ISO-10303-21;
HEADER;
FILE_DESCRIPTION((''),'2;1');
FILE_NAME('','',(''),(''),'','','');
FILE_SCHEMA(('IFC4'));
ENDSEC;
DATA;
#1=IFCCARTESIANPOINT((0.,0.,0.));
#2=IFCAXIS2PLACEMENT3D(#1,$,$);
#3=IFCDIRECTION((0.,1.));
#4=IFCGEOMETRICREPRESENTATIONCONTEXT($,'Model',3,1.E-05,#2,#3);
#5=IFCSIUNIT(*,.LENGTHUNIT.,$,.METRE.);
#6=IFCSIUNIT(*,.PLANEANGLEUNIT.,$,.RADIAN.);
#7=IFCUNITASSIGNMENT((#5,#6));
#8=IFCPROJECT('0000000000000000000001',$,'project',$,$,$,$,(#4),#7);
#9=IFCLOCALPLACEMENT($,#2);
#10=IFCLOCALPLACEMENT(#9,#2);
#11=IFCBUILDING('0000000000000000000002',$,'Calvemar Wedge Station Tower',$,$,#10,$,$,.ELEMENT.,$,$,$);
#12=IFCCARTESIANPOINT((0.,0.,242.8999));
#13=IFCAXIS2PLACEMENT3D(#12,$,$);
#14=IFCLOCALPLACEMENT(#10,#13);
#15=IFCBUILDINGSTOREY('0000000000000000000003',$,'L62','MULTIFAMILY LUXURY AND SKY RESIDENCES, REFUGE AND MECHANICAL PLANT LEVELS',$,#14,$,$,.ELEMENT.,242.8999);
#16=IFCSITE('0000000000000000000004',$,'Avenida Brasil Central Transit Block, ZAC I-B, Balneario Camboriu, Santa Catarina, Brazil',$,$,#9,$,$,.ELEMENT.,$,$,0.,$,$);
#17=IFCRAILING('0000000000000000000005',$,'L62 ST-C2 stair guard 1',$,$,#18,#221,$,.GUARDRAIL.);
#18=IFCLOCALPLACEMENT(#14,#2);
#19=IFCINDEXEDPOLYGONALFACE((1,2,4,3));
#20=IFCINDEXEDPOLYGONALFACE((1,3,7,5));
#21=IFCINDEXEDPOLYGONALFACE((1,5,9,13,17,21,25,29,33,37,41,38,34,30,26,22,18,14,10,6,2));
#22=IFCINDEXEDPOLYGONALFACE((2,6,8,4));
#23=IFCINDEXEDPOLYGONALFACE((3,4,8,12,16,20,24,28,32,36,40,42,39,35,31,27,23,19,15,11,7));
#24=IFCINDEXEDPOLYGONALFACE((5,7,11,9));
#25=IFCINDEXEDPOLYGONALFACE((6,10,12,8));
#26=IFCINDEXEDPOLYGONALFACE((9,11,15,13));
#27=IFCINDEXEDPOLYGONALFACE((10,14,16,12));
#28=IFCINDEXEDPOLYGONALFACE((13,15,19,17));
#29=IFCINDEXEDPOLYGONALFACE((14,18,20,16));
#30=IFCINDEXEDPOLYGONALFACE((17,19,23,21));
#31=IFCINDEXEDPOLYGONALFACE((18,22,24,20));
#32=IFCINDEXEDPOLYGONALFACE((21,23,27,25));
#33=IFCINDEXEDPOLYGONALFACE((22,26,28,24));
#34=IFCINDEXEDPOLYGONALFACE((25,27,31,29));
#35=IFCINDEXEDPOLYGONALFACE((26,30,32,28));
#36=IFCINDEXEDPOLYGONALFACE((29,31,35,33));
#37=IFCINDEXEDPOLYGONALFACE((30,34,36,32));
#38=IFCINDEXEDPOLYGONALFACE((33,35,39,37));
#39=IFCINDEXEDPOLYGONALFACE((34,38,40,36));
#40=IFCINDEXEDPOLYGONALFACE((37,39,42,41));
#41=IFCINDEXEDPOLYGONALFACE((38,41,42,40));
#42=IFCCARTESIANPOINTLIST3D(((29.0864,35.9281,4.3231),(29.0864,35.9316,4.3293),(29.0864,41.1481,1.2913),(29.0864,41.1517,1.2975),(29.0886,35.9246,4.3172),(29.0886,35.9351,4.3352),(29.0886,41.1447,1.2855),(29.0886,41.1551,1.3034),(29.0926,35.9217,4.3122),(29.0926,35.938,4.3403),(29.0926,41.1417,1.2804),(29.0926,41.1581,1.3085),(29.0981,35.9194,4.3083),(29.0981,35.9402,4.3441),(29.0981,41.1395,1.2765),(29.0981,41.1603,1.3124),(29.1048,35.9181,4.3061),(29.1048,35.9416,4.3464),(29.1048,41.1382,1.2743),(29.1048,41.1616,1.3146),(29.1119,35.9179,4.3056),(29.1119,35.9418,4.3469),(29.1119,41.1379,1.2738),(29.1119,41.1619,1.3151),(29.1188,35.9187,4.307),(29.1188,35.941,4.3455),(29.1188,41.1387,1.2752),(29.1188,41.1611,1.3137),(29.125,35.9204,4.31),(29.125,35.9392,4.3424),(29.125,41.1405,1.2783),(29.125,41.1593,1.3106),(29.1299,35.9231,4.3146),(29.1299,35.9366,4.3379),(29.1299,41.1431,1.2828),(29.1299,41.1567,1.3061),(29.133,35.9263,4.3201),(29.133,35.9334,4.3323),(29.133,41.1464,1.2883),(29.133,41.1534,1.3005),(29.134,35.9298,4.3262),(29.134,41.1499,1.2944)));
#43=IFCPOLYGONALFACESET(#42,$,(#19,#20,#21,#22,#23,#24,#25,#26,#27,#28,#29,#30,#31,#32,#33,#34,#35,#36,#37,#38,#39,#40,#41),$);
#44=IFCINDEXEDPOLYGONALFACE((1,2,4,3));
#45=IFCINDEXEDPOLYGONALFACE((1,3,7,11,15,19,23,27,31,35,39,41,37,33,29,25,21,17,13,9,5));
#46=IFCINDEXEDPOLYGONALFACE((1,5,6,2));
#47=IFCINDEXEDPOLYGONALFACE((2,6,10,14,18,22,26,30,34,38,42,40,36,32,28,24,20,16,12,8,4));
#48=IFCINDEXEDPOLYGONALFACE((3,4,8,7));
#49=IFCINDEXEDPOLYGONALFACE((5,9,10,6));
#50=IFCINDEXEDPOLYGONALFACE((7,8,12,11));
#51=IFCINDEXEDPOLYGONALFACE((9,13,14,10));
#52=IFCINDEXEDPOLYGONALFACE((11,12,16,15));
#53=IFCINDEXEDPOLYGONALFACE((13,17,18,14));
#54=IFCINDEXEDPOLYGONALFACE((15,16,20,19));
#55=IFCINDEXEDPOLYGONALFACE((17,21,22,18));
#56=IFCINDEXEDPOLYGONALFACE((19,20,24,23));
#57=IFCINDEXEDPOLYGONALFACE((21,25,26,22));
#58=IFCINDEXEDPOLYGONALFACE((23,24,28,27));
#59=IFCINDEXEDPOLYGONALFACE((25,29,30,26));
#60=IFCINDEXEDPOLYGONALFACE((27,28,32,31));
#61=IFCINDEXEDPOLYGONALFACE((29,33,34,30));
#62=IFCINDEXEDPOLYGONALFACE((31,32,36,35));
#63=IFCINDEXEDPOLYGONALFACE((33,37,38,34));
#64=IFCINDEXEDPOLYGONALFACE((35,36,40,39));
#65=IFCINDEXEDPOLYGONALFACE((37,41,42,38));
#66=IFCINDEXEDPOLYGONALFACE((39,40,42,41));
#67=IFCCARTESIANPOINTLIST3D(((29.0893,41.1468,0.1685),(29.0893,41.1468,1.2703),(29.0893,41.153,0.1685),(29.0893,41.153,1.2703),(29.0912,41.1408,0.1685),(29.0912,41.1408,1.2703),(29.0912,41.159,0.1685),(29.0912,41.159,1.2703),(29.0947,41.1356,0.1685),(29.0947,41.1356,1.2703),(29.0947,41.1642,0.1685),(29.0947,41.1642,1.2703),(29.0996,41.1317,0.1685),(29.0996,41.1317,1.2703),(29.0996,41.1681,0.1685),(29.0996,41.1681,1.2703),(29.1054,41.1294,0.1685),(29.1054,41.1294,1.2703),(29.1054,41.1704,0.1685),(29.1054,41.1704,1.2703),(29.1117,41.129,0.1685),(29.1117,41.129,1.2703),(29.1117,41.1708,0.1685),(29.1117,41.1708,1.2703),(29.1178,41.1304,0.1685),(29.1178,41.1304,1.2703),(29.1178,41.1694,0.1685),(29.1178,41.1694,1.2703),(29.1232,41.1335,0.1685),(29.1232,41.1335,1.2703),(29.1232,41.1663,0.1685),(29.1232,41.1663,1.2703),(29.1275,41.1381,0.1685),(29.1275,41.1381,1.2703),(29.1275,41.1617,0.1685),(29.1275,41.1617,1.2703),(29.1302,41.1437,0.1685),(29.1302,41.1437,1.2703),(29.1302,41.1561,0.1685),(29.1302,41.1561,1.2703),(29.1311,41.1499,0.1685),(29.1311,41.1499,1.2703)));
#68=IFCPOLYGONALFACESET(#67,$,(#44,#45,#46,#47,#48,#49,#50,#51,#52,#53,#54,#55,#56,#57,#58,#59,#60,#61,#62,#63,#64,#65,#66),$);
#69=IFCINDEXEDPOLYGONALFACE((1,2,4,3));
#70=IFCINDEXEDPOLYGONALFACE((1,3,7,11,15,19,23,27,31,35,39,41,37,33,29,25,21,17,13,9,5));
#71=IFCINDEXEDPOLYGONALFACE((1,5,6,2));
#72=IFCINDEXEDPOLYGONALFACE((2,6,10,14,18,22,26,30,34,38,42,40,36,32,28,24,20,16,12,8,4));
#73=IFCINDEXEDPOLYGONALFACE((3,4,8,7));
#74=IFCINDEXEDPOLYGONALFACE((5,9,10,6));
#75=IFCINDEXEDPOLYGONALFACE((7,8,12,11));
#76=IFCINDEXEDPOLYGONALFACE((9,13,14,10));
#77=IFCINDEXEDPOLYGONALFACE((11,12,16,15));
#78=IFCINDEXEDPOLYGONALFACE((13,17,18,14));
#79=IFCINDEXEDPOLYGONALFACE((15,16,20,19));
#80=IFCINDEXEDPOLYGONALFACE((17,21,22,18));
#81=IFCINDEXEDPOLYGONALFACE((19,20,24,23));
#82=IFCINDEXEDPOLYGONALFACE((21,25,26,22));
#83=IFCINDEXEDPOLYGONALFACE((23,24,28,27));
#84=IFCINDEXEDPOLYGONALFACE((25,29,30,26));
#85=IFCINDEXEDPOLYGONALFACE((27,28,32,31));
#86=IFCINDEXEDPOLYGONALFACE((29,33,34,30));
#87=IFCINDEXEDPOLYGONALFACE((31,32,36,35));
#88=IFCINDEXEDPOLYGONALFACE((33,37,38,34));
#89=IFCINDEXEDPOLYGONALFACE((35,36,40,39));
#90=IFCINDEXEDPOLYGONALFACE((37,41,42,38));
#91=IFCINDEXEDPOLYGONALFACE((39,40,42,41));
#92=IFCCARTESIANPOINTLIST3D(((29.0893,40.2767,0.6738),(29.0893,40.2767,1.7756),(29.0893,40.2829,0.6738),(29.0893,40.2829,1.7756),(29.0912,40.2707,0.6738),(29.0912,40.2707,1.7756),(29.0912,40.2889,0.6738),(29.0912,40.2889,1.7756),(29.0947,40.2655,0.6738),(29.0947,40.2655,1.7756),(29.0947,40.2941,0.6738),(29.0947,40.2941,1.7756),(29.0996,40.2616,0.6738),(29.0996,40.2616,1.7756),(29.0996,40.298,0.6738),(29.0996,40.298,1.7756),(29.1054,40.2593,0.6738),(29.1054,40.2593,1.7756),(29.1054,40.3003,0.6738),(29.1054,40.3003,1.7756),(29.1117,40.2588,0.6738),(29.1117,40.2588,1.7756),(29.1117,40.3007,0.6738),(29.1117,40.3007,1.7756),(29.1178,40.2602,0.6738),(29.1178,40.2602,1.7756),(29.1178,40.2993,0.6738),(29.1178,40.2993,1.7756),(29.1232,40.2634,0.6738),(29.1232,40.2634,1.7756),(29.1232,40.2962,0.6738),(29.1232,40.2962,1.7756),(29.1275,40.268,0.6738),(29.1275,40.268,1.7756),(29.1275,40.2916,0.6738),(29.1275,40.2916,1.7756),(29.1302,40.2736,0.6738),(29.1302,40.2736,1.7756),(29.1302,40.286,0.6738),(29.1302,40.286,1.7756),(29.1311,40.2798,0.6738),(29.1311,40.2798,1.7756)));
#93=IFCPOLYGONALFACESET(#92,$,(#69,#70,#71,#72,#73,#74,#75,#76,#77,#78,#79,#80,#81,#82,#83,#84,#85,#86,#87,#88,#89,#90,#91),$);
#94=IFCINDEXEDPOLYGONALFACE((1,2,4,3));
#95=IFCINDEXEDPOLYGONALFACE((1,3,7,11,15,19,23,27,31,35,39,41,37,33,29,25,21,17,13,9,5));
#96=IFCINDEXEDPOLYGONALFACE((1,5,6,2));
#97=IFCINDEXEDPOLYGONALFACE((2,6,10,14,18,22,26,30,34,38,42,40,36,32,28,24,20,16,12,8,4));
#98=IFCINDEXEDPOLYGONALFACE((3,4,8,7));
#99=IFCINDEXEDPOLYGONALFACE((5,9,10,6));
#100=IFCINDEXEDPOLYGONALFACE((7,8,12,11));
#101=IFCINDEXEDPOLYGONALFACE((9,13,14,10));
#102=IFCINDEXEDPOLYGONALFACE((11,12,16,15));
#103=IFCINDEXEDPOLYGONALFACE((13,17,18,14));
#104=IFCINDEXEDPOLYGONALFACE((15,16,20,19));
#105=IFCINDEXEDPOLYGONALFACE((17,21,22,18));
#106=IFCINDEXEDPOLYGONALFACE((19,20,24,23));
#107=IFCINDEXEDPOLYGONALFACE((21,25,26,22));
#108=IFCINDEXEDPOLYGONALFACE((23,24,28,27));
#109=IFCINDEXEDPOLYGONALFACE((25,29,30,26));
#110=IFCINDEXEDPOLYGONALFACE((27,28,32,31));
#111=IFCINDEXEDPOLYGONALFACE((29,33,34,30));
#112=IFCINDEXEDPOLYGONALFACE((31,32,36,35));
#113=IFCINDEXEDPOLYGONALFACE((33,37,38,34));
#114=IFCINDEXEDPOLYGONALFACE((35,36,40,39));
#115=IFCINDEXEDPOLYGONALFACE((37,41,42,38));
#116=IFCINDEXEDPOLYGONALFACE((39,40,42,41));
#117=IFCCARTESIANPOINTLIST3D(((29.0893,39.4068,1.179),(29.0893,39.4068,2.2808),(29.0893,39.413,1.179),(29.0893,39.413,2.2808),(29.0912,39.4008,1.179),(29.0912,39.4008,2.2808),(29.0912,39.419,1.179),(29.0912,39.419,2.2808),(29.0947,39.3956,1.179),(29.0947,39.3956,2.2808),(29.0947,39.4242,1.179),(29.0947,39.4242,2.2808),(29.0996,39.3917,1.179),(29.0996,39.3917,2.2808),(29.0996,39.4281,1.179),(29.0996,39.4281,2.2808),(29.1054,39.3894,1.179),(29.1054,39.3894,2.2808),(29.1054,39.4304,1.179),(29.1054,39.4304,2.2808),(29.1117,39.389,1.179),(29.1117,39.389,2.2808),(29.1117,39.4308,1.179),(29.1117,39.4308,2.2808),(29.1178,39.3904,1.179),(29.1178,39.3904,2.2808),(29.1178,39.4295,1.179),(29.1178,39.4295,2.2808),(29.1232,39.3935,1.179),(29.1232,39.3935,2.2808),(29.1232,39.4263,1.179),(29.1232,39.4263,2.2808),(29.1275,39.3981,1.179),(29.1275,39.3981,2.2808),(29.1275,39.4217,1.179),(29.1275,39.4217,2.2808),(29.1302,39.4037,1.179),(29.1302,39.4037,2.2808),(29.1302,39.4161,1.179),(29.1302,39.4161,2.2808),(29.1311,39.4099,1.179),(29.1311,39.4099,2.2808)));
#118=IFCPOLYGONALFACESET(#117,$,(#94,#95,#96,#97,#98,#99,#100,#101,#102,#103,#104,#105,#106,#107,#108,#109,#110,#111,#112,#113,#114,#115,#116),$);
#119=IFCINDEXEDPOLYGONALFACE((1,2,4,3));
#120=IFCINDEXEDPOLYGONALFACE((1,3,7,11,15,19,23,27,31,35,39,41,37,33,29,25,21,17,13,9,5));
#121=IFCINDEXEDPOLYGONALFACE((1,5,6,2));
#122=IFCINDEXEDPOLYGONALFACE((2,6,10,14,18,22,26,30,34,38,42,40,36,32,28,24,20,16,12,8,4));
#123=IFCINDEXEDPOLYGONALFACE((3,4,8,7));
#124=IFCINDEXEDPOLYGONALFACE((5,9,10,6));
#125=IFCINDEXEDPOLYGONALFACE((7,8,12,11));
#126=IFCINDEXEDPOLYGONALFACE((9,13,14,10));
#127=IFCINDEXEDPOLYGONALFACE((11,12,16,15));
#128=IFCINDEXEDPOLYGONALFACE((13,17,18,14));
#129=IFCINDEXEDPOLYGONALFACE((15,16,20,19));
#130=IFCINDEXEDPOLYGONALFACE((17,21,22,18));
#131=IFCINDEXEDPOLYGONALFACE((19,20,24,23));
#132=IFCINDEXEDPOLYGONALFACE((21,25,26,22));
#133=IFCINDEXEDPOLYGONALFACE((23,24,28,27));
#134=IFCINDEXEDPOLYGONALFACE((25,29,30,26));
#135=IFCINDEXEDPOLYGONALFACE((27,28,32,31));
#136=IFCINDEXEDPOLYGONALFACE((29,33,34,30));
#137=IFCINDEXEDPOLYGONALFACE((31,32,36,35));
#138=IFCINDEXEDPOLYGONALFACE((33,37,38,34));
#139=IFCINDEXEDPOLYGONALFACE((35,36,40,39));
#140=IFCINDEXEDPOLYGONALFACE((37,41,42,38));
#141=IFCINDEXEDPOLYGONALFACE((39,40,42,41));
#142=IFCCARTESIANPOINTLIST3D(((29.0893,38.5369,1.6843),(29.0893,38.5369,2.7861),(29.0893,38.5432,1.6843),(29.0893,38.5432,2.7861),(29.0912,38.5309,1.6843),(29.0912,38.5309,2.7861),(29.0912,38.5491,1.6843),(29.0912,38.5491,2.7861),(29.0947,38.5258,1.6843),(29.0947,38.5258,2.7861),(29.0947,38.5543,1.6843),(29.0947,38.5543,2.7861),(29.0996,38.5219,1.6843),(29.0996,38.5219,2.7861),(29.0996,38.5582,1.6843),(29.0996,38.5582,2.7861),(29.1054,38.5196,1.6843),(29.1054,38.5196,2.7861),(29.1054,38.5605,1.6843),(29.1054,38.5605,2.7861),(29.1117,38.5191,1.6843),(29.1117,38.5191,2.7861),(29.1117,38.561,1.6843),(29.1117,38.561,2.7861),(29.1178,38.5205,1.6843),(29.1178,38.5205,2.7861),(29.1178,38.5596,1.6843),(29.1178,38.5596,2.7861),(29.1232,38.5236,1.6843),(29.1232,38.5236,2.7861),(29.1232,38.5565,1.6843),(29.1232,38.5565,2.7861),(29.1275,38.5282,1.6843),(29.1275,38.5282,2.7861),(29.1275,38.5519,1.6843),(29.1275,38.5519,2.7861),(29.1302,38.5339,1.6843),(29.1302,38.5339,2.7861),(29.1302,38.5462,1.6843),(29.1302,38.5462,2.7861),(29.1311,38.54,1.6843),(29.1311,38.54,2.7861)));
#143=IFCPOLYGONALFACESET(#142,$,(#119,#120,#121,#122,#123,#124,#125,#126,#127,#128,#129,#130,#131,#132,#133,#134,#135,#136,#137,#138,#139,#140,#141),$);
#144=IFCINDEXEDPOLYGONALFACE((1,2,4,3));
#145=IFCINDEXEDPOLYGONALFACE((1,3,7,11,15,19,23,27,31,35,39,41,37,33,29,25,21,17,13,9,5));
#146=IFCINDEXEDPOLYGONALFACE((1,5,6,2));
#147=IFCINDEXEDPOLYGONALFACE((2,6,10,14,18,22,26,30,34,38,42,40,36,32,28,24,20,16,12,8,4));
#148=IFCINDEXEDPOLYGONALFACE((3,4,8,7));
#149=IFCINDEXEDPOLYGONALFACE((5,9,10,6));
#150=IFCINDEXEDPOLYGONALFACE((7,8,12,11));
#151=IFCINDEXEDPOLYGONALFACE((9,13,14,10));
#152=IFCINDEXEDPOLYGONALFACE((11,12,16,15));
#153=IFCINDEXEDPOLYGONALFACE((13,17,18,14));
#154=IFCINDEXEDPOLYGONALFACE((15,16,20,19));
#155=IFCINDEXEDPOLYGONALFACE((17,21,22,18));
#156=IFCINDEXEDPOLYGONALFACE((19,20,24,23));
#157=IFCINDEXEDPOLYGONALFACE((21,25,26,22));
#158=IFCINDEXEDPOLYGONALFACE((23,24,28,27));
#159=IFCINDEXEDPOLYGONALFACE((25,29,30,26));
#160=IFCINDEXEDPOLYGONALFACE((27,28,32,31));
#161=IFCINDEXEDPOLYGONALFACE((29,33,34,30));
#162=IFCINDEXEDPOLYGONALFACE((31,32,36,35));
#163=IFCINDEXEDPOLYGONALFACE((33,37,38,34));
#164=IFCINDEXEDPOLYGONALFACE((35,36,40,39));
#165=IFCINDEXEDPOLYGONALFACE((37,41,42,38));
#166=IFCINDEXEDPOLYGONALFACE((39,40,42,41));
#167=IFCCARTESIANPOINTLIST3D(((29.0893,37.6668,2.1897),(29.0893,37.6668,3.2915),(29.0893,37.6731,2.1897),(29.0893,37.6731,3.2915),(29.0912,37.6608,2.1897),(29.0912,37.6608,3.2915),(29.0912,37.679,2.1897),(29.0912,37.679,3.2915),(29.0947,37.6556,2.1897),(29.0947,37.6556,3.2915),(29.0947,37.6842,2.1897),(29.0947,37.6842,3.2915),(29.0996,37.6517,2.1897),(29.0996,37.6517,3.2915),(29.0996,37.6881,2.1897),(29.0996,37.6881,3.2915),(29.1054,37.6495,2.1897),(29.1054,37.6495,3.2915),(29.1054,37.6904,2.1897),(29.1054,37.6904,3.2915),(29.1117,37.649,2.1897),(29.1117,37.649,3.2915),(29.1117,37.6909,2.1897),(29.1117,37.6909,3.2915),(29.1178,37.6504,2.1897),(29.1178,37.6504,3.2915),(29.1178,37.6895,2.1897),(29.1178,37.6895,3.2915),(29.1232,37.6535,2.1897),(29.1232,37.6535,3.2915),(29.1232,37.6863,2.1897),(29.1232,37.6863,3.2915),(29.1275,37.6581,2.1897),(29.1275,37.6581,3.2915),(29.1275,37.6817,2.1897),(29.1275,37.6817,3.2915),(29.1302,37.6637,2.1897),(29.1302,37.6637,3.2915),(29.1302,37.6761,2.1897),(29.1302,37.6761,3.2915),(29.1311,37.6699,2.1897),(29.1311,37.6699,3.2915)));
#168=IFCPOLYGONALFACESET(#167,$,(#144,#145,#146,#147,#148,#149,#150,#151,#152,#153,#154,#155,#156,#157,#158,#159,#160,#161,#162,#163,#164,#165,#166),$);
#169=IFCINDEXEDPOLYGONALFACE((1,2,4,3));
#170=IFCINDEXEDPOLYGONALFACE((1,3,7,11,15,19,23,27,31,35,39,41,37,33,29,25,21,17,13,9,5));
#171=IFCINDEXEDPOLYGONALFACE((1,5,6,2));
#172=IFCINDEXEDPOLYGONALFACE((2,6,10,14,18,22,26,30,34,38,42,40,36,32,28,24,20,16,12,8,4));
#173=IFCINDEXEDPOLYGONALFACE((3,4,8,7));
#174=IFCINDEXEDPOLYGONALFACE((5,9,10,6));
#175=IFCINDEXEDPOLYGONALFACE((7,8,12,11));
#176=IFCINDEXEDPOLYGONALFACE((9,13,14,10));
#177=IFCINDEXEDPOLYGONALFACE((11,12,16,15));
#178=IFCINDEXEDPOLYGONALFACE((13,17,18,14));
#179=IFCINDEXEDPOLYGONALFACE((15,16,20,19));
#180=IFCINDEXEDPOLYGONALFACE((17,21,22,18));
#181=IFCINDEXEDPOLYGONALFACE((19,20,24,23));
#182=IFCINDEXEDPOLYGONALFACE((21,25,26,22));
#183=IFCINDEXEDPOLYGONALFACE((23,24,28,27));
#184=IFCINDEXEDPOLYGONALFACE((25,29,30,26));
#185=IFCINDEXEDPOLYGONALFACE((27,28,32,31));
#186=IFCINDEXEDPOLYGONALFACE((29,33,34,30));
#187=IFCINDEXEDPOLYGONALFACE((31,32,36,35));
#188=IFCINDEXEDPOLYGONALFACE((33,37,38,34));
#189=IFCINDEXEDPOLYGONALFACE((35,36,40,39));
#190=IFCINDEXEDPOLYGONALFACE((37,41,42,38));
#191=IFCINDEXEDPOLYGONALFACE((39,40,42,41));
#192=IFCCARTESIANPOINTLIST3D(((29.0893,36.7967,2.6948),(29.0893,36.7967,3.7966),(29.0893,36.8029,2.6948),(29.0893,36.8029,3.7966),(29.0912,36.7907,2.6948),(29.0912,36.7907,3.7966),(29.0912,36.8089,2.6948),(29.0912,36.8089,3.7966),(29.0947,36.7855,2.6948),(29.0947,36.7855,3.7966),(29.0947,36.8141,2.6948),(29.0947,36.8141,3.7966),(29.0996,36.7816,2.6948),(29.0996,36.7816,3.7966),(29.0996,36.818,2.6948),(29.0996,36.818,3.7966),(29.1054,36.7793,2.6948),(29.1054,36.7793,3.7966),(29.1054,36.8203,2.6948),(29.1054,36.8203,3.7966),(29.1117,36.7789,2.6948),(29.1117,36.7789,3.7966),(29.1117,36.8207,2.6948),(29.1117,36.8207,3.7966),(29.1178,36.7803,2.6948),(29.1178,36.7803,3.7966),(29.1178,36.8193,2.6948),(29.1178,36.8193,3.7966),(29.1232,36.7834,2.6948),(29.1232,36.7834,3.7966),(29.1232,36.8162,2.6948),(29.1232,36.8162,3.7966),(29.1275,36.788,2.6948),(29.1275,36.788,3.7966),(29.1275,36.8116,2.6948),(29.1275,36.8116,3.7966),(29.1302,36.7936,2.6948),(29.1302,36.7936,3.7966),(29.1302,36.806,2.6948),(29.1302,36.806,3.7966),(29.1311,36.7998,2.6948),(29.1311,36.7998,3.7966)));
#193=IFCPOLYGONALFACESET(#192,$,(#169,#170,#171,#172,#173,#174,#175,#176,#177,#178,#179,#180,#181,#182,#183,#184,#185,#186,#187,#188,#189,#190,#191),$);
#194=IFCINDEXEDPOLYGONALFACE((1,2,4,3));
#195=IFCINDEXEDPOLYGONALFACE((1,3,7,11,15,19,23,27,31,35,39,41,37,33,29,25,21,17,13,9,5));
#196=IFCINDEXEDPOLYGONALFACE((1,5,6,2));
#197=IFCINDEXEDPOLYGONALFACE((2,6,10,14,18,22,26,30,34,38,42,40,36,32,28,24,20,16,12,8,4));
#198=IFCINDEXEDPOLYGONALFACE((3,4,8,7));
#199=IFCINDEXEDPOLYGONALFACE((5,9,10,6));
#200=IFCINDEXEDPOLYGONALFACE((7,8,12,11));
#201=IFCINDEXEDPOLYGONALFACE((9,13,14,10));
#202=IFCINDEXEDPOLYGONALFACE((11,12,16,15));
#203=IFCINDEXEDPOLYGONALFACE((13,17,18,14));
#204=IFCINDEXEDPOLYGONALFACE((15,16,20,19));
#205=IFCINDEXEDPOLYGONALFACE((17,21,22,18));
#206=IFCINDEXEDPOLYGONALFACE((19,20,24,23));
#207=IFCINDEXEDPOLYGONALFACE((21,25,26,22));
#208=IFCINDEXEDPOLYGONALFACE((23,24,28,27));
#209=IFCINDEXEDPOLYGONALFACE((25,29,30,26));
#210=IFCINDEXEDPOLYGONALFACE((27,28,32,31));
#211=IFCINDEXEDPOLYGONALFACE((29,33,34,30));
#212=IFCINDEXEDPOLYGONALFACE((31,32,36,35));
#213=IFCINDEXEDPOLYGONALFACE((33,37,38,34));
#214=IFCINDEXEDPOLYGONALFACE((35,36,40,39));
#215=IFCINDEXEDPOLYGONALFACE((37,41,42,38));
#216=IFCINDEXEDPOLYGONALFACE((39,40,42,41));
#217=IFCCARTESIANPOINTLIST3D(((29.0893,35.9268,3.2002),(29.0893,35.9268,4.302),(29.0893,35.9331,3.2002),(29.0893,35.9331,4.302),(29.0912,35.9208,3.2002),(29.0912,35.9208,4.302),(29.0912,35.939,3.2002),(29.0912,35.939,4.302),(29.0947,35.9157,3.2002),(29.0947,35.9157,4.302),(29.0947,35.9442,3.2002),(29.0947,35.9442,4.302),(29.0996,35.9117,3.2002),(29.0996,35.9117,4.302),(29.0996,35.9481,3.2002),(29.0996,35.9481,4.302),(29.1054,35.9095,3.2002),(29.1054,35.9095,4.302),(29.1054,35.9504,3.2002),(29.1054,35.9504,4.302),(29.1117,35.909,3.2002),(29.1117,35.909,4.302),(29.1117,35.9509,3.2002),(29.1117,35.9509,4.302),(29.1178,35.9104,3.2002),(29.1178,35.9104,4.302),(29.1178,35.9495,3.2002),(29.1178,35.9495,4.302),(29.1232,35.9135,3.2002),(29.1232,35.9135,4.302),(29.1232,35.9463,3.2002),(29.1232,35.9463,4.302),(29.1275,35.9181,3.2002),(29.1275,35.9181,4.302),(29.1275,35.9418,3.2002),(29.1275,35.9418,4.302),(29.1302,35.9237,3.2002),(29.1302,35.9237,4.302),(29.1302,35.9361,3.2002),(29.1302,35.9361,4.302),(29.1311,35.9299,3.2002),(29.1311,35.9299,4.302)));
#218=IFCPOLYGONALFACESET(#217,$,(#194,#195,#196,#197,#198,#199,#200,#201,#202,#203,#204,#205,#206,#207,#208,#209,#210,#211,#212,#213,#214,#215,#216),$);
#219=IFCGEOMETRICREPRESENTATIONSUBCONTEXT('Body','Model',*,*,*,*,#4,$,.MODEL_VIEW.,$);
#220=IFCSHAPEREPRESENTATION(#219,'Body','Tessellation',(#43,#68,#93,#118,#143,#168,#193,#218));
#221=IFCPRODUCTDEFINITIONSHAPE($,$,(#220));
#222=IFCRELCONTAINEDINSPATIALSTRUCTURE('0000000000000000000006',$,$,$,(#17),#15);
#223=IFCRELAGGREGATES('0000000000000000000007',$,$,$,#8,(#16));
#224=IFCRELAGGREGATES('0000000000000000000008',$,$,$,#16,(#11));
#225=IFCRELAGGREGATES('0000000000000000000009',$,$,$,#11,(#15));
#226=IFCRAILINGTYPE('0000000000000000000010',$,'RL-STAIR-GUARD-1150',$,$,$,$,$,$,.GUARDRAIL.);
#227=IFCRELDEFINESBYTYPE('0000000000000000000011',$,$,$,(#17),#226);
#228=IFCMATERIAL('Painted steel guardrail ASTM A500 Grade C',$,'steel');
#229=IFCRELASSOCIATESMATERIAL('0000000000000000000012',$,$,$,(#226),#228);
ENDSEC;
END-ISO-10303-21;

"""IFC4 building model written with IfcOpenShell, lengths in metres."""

from ifc_helpers import new_model, si_unit, direction, frame, origin, origin_2d, place, context, subcontext, project, spatial, circle, extrude, material, type_object, element, save


model = new_model("IFC4")

# Units and contexts
model_context = context("Model", 3, precision=1e-05, world=origin(), true_north=direction((0.0, 1.0)))
body_context = subcontext(model_context, "Body", "Model", "MODEL_VIEW")
ifc_project = project(units=[si_unit("LENGTHUNIT", "METRE"), si_unit("PLANEANGLEUNIT", "RADIAN")], contexts=[model_context])

# Site, building, storey
site_placement = place(None, origin())
site = spatial("IfcSite", under=ifc_project, at=site_placement, Name="Avenida Brasil Central Transit Block, ZAC I-B, Balneario Camboriu, Santa Catarina, Brazil", CompositionType="ELEMENT", RefElevation=0.0)
building_placement = place(site_placement, origin())
building = spatial("IfcBuilding", under=site, at=building_placement, Name="Calvemar Wedge Station Tower", CompositionType="ELEMENT")
storey_placement = place(building_placement, frame((0.0, 0.0, 242.8999)))
storey = spatial("IfcBuildingStorey", under=building, at=storey_placement, Name="L62", Description="MULTIFAMILY LUXURY AND SKY RESIDENCES, REFUGE AND MECHANICAL PLANT LEVELS", CompositionType="ELEMENT", Elevation=242.8999)

# Railing
ifc_material_1 = material(Name="Painted steel guardrail ASTM A500 Grade C", Category="steel")
railing_type_1 = type_object("IfcRailingType", Name="RL-STAIR-GUARD-1150", PredefinedType="GUARDRAIL", material=ifc_material_1)
railing_1_placement = place(storey_placement, frame((29.1101, 41.1499, 0.1685)))
element("IfcRailing", 1, at=railing_1_placement, inside=storey, type_object=railing_type_1, Name="L62 ST-C2 stair guard 1", PredefinedType="GUARDRAIL", context=body_context, shape_type="SweptSolid", body=[
    extrude(circle(Radius=0.0239, at=origin_2d()), frame((0.0, 0.0, 1.126), z_axis=(0.0, -0.864732, 0.502233), x_axis=(1.0, 0.0, 0.0)), (0.0, 0.0, 1.0), 6.0366),
    extrude(circle(Radius=0.021, at=origin_2d()), origin(), (0.0, 0.0, 1.0), 1.1018),
    extrude(circle(Radius=0.021, at=origin_2d()), frame((0.0, -0.8701, 0.5054)), (0.0, 0.0, 1.0), 1.1018),
    extrude(circle(Radius=0.021, at=origin_2d()), frame((0.0, -1.74, 1.0105)), (0.0, 0.0, 1.0), 1.1018),
    extrude(circle(Radius=0.021, at=origin_2d()), frame((0.0, -2.6099, 1.5159)), (0.0, 0.0, 1.0), 1.1018),
    extrude(circle(Radius=0.021, at=origin_2d()), frame((0.0, -3.48, 2.0212)), (0.0, 0.0, 1.0), 1.1018),
    extrude(circle(Radius=0.021, at=origin_2d()), frame((0.0, -4.3501, 2.5264)), (0.0, 0.0, 1.0), 1.1018),
    extrude(circle(Radius=0.021, at=origin_2d()), frame((0.0, -5.22, 3.0317)), (0.0, 0.0, 1.0), 1.1018),
])

save(model, "model.ifc")
